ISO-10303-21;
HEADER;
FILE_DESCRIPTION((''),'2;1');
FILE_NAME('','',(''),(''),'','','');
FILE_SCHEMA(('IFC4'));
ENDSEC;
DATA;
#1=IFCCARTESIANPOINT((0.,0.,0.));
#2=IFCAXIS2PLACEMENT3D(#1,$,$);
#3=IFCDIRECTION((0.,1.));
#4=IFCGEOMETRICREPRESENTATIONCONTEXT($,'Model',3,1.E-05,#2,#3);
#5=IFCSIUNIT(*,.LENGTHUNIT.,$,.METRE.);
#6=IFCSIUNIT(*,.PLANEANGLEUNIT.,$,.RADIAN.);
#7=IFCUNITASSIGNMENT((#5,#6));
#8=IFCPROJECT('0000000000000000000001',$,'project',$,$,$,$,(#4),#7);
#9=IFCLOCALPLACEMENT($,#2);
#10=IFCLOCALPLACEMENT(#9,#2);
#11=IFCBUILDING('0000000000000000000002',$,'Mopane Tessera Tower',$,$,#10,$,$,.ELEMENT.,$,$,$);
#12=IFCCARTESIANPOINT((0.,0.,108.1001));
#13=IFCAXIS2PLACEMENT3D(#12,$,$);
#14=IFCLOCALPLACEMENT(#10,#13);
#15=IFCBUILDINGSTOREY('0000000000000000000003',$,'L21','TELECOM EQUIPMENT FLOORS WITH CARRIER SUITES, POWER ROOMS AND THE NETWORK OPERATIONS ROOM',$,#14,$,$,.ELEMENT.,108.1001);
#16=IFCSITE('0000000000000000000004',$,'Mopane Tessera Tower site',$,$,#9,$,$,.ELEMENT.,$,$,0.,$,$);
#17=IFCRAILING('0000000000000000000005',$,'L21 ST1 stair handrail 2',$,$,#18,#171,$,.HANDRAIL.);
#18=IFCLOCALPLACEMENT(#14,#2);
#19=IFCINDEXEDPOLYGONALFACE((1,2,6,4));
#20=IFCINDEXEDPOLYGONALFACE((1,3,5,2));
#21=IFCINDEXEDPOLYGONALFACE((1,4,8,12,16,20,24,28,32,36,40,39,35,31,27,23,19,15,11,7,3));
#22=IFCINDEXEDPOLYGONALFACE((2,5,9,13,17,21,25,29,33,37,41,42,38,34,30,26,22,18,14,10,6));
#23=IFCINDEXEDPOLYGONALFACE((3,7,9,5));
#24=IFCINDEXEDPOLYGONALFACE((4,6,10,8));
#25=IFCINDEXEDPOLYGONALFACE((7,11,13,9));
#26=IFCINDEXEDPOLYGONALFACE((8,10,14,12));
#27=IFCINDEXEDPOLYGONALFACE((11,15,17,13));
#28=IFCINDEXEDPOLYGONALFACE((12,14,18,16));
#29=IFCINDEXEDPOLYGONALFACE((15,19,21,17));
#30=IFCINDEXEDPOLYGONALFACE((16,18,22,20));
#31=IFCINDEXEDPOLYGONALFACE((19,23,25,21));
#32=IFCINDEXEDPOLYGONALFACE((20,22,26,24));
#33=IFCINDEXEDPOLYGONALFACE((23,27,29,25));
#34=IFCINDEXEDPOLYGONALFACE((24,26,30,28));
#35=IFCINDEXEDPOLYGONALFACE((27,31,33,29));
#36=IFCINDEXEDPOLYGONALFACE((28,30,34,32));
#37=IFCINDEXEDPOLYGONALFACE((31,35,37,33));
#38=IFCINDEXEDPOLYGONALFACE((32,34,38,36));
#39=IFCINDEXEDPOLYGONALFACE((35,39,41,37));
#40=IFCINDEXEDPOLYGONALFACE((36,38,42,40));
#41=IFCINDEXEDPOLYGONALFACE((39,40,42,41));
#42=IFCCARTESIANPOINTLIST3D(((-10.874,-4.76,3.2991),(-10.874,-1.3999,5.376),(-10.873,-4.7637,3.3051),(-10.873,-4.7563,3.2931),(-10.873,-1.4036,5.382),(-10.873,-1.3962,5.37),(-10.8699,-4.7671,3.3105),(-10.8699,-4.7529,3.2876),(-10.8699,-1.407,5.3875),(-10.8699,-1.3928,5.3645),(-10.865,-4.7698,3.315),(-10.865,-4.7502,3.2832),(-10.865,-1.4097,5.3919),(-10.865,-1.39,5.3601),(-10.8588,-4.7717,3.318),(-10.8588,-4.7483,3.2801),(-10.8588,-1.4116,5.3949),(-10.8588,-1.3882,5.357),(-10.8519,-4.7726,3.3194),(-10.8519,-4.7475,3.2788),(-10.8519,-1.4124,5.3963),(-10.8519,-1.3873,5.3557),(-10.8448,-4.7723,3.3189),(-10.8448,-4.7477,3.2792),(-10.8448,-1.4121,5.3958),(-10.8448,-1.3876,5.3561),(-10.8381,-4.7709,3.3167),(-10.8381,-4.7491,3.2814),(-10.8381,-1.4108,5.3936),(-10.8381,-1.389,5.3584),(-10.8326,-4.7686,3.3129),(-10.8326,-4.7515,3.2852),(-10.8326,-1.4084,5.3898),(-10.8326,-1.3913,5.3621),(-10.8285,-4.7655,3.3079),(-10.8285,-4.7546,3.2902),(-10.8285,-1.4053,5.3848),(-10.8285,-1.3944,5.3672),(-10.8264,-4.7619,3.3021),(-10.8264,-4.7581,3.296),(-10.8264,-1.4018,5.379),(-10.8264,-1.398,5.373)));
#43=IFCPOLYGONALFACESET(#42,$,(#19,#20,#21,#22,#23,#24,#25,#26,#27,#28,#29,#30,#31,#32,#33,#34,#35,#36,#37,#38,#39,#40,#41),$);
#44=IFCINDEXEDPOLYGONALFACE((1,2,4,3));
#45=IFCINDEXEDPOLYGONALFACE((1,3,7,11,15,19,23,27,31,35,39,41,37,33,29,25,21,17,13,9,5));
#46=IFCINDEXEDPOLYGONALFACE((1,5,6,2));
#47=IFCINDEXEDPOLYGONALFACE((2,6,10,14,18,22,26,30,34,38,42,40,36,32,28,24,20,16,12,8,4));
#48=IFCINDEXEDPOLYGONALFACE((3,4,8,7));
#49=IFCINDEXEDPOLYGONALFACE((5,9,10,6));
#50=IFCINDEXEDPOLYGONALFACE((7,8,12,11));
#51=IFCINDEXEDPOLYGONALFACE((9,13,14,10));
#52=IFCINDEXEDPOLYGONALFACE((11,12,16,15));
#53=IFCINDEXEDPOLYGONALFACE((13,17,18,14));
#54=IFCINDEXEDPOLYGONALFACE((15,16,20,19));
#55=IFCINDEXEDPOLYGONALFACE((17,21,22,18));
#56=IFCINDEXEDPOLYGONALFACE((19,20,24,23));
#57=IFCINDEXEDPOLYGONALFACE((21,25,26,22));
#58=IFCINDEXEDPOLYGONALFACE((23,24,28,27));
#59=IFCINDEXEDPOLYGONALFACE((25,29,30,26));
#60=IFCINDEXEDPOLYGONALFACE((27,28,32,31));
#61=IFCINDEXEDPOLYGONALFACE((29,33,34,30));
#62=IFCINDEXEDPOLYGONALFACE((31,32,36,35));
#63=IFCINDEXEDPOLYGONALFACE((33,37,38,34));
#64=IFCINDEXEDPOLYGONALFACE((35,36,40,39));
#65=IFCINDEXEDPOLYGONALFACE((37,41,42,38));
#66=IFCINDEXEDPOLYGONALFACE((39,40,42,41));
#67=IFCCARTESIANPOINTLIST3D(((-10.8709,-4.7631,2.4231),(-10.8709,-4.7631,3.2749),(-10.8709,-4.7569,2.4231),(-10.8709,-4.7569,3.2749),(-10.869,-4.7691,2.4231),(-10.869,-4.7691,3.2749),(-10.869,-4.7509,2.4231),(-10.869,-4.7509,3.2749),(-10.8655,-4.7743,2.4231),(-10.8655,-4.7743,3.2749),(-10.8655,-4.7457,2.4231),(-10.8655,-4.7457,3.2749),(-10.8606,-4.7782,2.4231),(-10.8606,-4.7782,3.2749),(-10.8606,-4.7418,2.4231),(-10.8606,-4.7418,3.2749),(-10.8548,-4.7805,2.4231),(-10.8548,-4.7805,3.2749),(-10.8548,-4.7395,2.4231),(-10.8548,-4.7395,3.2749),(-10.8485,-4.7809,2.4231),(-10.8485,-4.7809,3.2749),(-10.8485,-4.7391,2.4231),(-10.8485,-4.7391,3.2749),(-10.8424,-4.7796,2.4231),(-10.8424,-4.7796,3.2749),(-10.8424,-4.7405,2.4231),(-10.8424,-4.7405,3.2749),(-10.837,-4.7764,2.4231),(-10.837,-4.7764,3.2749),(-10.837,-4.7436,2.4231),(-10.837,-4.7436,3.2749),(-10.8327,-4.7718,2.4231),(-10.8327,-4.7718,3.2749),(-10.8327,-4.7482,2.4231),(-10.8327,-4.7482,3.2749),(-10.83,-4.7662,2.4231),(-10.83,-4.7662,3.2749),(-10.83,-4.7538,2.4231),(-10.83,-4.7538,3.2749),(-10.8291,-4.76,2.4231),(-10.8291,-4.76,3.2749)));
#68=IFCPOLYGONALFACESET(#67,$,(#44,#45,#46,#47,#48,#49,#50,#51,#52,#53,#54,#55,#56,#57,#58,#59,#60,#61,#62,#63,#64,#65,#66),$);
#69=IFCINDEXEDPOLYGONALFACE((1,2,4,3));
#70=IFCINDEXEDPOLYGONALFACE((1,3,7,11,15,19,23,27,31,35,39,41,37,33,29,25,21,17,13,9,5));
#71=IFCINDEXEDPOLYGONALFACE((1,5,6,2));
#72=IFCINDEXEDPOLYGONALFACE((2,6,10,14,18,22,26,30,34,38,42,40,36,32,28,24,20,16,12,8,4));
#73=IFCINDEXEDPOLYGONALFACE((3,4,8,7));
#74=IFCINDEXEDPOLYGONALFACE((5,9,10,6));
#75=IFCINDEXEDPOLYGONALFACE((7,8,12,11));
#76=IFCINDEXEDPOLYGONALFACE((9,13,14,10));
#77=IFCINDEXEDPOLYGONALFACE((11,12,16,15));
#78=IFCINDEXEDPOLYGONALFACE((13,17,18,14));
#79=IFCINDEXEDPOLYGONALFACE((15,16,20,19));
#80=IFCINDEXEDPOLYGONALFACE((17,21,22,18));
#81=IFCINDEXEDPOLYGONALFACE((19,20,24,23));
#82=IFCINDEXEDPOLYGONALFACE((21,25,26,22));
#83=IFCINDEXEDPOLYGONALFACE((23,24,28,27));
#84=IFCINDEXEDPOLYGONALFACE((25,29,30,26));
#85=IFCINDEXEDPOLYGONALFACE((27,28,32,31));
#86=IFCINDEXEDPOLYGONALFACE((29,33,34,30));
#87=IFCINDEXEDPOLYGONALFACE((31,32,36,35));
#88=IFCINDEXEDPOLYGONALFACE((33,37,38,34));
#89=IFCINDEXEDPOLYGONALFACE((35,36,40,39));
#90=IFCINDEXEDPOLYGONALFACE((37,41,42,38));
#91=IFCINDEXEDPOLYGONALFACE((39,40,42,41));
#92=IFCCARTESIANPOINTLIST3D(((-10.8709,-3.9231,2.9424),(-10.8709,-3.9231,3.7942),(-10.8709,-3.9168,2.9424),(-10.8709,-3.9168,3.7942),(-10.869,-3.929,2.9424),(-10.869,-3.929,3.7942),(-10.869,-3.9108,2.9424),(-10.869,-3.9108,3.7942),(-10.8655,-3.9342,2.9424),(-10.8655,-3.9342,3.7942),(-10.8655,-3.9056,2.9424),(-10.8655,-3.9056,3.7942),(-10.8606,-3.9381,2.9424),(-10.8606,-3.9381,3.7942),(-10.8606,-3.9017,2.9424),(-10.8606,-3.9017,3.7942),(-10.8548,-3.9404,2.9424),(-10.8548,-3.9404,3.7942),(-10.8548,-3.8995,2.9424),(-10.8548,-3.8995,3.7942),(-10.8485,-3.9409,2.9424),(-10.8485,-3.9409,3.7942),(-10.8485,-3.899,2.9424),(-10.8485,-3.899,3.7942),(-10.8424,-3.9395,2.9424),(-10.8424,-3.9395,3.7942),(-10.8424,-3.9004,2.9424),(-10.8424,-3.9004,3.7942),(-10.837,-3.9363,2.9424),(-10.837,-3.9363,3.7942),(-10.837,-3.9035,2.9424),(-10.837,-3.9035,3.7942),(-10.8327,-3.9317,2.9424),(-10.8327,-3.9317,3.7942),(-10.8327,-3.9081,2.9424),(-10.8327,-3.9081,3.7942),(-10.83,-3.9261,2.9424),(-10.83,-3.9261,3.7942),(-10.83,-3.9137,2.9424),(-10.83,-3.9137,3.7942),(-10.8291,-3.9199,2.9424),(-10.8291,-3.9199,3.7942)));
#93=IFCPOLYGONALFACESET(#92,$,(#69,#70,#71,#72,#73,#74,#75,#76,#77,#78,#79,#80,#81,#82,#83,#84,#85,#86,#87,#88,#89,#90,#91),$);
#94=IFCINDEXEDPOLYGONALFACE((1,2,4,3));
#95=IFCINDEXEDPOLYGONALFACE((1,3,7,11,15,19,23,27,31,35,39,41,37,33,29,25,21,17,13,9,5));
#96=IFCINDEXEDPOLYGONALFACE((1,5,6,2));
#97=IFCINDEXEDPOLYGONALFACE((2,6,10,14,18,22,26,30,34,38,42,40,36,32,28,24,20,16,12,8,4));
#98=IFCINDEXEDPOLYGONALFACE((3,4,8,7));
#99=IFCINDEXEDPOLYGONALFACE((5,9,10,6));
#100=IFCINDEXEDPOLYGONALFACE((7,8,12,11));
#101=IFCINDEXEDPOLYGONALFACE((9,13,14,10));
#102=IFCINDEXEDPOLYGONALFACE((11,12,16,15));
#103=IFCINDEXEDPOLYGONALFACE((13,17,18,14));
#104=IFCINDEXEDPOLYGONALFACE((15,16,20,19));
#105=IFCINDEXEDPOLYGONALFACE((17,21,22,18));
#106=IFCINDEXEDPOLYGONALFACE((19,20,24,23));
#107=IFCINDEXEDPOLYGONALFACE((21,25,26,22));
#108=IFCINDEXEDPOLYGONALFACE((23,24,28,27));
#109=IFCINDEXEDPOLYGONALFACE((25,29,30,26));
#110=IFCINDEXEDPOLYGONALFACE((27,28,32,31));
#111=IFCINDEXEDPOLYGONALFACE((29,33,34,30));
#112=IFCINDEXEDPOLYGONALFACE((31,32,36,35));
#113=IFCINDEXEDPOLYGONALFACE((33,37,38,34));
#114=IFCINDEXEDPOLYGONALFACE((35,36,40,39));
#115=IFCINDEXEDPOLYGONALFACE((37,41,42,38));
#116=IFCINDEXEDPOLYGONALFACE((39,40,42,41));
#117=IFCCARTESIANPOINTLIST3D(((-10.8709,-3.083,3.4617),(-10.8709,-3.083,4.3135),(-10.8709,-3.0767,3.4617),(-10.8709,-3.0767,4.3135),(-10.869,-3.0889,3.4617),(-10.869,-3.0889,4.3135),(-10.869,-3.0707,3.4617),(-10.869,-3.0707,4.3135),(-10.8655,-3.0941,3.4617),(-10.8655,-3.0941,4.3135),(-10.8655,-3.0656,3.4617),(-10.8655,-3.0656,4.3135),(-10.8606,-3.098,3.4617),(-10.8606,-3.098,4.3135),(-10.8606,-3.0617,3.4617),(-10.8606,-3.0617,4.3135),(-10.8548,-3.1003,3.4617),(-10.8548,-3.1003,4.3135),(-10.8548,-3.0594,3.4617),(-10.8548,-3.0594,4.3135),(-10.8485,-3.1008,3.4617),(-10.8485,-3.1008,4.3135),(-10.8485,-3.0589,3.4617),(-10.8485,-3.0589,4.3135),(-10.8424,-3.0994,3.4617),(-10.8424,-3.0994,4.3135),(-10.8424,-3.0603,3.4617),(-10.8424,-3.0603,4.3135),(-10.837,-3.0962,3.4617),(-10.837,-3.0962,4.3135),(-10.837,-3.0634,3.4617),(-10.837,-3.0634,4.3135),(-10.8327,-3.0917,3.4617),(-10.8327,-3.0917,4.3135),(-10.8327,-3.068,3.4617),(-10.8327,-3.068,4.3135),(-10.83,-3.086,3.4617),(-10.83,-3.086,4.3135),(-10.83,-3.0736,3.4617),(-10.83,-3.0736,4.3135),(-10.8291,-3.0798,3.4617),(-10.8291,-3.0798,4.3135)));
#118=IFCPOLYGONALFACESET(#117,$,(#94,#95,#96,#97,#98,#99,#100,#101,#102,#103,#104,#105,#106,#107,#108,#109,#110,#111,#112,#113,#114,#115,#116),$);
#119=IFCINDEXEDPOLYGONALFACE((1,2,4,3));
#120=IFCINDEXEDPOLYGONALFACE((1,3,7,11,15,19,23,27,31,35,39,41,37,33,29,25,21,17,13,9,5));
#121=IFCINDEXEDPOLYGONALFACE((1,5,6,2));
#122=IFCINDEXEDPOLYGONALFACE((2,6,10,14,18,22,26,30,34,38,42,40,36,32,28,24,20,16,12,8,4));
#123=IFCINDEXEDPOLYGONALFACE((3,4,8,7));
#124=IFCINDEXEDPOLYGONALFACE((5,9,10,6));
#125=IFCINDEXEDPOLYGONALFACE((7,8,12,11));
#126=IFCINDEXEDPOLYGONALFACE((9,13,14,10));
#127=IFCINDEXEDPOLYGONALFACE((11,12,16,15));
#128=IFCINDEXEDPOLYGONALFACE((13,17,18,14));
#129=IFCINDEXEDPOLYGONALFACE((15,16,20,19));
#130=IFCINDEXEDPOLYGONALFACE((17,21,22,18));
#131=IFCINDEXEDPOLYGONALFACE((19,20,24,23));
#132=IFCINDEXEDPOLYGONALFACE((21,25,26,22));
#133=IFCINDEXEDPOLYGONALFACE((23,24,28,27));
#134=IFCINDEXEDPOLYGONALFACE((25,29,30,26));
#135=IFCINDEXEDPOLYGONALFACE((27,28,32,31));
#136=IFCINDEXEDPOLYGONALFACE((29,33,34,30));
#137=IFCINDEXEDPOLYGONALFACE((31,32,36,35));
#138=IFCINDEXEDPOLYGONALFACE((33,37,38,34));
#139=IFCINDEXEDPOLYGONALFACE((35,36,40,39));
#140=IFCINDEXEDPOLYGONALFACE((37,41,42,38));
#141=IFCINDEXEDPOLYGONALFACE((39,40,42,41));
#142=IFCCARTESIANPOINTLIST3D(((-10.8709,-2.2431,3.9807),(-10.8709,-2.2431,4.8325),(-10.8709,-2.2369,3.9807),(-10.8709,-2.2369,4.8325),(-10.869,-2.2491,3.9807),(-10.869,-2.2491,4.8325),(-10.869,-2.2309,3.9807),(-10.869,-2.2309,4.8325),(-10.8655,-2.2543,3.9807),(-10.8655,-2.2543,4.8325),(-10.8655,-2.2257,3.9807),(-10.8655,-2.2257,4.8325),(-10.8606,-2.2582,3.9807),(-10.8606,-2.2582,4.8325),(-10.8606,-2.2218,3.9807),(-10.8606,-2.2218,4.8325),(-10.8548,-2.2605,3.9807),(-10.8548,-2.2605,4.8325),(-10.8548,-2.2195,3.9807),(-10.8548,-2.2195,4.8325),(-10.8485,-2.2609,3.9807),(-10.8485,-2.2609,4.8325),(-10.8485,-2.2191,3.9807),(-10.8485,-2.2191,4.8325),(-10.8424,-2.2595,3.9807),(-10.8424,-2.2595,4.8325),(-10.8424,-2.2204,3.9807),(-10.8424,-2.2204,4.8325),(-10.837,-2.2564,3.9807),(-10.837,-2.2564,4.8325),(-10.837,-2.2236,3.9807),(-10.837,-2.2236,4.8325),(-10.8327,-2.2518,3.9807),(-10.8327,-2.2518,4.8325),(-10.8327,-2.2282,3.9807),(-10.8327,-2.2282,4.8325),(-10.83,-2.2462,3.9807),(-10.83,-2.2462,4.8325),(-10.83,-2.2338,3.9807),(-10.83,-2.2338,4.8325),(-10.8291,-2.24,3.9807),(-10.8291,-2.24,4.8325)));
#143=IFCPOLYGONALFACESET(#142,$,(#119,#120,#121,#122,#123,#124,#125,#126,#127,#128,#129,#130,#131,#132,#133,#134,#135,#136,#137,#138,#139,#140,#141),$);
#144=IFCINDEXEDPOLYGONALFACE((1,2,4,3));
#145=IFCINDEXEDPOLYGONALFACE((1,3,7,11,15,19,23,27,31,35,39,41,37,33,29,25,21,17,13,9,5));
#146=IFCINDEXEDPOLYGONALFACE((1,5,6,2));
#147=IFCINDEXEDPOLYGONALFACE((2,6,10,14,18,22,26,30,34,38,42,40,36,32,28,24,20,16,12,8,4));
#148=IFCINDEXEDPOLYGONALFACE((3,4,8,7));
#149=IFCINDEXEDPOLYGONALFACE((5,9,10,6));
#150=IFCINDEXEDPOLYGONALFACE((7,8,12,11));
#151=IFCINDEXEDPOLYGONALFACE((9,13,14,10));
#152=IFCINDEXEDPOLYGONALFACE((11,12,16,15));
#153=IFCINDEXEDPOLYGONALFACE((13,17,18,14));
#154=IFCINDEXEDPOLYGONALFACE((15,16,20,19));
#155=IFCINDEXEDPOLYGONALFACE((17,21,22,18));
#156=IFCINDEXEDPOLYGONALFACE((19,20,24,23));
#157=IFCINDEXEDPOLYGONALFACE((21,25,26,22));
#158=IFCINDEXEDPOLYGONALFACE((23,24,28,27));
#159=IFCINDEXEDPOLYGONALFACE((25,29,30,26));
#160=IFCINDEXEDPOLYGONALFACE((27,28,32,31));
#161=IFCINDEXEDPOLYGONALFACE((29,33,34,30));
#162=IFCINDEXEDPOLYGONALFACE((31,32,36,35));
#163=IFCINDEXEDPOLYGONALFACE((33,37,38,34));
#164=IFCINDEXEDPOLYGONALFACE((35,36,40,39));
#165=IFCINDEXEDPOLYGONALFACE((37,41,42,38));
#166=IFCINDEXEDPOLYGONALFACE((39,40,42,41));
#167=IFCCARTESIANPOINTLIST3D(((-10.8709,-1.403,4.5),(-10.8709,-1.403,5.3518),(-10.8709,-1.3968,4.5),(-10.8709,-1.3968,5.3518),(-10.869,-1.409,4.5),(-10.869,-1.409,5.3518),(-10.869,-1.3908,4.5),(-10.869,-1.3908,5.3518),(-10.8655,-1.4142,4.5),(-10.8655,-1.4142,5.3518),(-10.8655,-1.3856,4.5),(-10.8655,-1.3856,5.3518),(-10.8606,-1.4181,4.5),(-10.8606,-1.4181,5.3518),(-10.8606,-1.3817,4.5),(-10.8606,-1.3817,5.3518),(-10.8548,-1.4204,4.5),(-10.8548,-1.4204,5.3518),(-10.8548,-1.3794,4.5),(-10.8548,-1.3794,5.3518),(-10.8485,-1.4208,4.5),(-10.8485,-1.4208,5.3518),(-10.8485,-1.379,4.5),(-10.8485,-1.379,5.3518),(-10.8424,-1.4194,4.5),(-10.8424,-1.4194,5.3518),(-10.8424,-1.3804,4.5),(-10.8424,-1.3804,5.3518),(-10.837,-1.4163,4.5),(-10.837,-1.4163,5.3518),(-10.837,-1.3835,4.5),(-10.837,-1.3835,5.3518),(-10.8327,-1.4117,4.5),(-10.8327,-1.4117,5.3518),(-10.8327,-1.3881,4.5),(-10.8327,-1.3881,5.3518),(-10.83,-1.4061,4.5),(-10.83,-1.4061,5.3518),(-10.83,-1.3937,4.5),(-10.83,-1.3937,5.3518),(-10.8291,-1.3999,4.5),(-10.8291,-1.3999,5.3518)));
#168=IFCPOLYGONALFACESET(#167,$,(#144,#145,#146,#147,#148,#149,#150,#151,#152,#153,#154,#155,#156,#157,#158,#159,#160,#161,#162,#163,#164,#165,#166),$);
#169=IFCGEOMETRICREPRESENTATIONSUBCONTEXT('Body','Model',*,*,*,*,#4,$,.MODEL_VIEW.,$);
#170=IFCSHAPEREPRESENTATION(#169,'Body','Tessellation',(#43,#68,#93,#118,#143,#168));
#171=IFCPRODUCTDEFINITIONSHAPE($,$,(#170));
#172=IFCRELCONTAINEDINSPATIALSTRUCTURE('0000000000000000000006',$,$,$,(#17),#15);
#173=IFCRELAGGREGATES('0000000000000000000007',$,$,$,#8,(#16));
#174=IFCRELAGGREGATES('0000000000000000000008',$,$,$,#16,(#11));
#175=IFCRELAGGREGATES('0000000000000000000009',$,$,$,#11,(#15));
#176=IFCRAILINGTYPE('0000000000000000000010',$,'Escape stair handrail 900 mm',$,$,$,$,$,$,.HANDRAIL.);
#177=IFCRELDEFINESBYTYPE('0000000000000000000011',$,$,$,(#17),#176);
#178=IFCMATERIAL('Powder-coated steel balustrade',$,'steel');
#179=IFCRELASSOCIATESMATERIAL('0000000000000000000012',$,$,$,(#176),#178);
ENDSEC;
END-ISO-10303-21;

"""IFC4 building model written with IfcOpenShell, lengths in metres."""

from ifc_helpers import new_model, si_unit, direction, frame, origin, origin_2d, place, context, subcontext, project, spatial, circle, extrude, material, type_object, element, save


model = new_model("IFC4")

# Units and contexts
model_context = context("Model", 3, precision=1e-05, world=origin(), true_north=direction((0.0, 1.0)))
body_context = subcontext(model_context, "Body", "Model", "MODEL_VIEW")
ifc_project = project(units=[si_unit("LENGTHUNIT", "METRE"), si_unit("PLANEANGLEUNIT", "RADIAN")], contexts=[model_context])

# Site, building, storey
site_placement = place(None, origin())
site = spatial("IfcSite", under=ifc_project, at=site_placement, Name="Mopane Tessera Tower site", CompositionType="ELEMENT", RefElevation=0.0)
building_placement = place(site_placement, origin())
building = spatial("IfcBuilding", under=site, at=building_placement, Name="Mopane Tessera Tower", CompositionType="ELEMENT")
storey_placement = place(building_placement, frame((0.0, 0.0, 108.1001)))
storey = spatial("IfcBuildingStorey", under=building, at=storey_placement, Name="L21", Description="TELECOM EQUIPMENT FLOORS WITH CARRIER SUITES, POWER ROOMS AND THE NETWORK OPERATIONS ROOM", CompositionType="ELEMENT", Elevation=108.1001)

# Railing
ifc_material_1 = material(Name="Powder-coated steel balustrade", Category="steel")
railing_type = type_object("IfcRailingType", Name="Escape stair handrail 900 mm", PredefinedType="HANDRAIL", material=ifc_material_1)
railing_placement = place(storey_placement, frame((-10.8501, -4.76, 2.4231)))
element("IfcRailing", 1, at=railing_placement, inside=storey, type_object=railing_type, Name="L21 ST1 stair handrail 2", PredefinedType="HANDRAIL", context=body_context, shape_type="SweptSolid", body=[
    extrude(circle(Radius=0.0239, at=origin_2d()), frame((0.0, 0.0, 0.876), z_axis=(0.0, 0.850623, 0.525776), x_axis=(-1.0, 0.0, 0.0)), (0.0, 0.0, 1.0), 3.9502),
    extrude(circle(Radius=0.021, at=origin_2d()), origin(), (0.0, 0.0, 1.0), 0.8518),
    extrude(circle(Radius=0.021, at=origin_2d()), frame((0.0, 0.8401, 0.5193)), (0.0, 0.0, 1.0), 0.8518),
    extrude(circle(Radius=0.021, at=origin_2d()), frame((0.0, 1.6802, 1.0386)), (0.0, 0.0, 1.0), 0.8518),
    extrude(circle(Radius=0.021, at=origin_2d()), frame((0.0, 2.52, 1.5576)), (0.0, 0.0, 1.0), 0.8518),
    extrude(circle(Radius=0.021, at=origin_2d()), frame((0.0, 3.3601, 2.0769)), (0.0, 0.0, 1.0), 0.8518),
])

save(model, "model.ifc")
